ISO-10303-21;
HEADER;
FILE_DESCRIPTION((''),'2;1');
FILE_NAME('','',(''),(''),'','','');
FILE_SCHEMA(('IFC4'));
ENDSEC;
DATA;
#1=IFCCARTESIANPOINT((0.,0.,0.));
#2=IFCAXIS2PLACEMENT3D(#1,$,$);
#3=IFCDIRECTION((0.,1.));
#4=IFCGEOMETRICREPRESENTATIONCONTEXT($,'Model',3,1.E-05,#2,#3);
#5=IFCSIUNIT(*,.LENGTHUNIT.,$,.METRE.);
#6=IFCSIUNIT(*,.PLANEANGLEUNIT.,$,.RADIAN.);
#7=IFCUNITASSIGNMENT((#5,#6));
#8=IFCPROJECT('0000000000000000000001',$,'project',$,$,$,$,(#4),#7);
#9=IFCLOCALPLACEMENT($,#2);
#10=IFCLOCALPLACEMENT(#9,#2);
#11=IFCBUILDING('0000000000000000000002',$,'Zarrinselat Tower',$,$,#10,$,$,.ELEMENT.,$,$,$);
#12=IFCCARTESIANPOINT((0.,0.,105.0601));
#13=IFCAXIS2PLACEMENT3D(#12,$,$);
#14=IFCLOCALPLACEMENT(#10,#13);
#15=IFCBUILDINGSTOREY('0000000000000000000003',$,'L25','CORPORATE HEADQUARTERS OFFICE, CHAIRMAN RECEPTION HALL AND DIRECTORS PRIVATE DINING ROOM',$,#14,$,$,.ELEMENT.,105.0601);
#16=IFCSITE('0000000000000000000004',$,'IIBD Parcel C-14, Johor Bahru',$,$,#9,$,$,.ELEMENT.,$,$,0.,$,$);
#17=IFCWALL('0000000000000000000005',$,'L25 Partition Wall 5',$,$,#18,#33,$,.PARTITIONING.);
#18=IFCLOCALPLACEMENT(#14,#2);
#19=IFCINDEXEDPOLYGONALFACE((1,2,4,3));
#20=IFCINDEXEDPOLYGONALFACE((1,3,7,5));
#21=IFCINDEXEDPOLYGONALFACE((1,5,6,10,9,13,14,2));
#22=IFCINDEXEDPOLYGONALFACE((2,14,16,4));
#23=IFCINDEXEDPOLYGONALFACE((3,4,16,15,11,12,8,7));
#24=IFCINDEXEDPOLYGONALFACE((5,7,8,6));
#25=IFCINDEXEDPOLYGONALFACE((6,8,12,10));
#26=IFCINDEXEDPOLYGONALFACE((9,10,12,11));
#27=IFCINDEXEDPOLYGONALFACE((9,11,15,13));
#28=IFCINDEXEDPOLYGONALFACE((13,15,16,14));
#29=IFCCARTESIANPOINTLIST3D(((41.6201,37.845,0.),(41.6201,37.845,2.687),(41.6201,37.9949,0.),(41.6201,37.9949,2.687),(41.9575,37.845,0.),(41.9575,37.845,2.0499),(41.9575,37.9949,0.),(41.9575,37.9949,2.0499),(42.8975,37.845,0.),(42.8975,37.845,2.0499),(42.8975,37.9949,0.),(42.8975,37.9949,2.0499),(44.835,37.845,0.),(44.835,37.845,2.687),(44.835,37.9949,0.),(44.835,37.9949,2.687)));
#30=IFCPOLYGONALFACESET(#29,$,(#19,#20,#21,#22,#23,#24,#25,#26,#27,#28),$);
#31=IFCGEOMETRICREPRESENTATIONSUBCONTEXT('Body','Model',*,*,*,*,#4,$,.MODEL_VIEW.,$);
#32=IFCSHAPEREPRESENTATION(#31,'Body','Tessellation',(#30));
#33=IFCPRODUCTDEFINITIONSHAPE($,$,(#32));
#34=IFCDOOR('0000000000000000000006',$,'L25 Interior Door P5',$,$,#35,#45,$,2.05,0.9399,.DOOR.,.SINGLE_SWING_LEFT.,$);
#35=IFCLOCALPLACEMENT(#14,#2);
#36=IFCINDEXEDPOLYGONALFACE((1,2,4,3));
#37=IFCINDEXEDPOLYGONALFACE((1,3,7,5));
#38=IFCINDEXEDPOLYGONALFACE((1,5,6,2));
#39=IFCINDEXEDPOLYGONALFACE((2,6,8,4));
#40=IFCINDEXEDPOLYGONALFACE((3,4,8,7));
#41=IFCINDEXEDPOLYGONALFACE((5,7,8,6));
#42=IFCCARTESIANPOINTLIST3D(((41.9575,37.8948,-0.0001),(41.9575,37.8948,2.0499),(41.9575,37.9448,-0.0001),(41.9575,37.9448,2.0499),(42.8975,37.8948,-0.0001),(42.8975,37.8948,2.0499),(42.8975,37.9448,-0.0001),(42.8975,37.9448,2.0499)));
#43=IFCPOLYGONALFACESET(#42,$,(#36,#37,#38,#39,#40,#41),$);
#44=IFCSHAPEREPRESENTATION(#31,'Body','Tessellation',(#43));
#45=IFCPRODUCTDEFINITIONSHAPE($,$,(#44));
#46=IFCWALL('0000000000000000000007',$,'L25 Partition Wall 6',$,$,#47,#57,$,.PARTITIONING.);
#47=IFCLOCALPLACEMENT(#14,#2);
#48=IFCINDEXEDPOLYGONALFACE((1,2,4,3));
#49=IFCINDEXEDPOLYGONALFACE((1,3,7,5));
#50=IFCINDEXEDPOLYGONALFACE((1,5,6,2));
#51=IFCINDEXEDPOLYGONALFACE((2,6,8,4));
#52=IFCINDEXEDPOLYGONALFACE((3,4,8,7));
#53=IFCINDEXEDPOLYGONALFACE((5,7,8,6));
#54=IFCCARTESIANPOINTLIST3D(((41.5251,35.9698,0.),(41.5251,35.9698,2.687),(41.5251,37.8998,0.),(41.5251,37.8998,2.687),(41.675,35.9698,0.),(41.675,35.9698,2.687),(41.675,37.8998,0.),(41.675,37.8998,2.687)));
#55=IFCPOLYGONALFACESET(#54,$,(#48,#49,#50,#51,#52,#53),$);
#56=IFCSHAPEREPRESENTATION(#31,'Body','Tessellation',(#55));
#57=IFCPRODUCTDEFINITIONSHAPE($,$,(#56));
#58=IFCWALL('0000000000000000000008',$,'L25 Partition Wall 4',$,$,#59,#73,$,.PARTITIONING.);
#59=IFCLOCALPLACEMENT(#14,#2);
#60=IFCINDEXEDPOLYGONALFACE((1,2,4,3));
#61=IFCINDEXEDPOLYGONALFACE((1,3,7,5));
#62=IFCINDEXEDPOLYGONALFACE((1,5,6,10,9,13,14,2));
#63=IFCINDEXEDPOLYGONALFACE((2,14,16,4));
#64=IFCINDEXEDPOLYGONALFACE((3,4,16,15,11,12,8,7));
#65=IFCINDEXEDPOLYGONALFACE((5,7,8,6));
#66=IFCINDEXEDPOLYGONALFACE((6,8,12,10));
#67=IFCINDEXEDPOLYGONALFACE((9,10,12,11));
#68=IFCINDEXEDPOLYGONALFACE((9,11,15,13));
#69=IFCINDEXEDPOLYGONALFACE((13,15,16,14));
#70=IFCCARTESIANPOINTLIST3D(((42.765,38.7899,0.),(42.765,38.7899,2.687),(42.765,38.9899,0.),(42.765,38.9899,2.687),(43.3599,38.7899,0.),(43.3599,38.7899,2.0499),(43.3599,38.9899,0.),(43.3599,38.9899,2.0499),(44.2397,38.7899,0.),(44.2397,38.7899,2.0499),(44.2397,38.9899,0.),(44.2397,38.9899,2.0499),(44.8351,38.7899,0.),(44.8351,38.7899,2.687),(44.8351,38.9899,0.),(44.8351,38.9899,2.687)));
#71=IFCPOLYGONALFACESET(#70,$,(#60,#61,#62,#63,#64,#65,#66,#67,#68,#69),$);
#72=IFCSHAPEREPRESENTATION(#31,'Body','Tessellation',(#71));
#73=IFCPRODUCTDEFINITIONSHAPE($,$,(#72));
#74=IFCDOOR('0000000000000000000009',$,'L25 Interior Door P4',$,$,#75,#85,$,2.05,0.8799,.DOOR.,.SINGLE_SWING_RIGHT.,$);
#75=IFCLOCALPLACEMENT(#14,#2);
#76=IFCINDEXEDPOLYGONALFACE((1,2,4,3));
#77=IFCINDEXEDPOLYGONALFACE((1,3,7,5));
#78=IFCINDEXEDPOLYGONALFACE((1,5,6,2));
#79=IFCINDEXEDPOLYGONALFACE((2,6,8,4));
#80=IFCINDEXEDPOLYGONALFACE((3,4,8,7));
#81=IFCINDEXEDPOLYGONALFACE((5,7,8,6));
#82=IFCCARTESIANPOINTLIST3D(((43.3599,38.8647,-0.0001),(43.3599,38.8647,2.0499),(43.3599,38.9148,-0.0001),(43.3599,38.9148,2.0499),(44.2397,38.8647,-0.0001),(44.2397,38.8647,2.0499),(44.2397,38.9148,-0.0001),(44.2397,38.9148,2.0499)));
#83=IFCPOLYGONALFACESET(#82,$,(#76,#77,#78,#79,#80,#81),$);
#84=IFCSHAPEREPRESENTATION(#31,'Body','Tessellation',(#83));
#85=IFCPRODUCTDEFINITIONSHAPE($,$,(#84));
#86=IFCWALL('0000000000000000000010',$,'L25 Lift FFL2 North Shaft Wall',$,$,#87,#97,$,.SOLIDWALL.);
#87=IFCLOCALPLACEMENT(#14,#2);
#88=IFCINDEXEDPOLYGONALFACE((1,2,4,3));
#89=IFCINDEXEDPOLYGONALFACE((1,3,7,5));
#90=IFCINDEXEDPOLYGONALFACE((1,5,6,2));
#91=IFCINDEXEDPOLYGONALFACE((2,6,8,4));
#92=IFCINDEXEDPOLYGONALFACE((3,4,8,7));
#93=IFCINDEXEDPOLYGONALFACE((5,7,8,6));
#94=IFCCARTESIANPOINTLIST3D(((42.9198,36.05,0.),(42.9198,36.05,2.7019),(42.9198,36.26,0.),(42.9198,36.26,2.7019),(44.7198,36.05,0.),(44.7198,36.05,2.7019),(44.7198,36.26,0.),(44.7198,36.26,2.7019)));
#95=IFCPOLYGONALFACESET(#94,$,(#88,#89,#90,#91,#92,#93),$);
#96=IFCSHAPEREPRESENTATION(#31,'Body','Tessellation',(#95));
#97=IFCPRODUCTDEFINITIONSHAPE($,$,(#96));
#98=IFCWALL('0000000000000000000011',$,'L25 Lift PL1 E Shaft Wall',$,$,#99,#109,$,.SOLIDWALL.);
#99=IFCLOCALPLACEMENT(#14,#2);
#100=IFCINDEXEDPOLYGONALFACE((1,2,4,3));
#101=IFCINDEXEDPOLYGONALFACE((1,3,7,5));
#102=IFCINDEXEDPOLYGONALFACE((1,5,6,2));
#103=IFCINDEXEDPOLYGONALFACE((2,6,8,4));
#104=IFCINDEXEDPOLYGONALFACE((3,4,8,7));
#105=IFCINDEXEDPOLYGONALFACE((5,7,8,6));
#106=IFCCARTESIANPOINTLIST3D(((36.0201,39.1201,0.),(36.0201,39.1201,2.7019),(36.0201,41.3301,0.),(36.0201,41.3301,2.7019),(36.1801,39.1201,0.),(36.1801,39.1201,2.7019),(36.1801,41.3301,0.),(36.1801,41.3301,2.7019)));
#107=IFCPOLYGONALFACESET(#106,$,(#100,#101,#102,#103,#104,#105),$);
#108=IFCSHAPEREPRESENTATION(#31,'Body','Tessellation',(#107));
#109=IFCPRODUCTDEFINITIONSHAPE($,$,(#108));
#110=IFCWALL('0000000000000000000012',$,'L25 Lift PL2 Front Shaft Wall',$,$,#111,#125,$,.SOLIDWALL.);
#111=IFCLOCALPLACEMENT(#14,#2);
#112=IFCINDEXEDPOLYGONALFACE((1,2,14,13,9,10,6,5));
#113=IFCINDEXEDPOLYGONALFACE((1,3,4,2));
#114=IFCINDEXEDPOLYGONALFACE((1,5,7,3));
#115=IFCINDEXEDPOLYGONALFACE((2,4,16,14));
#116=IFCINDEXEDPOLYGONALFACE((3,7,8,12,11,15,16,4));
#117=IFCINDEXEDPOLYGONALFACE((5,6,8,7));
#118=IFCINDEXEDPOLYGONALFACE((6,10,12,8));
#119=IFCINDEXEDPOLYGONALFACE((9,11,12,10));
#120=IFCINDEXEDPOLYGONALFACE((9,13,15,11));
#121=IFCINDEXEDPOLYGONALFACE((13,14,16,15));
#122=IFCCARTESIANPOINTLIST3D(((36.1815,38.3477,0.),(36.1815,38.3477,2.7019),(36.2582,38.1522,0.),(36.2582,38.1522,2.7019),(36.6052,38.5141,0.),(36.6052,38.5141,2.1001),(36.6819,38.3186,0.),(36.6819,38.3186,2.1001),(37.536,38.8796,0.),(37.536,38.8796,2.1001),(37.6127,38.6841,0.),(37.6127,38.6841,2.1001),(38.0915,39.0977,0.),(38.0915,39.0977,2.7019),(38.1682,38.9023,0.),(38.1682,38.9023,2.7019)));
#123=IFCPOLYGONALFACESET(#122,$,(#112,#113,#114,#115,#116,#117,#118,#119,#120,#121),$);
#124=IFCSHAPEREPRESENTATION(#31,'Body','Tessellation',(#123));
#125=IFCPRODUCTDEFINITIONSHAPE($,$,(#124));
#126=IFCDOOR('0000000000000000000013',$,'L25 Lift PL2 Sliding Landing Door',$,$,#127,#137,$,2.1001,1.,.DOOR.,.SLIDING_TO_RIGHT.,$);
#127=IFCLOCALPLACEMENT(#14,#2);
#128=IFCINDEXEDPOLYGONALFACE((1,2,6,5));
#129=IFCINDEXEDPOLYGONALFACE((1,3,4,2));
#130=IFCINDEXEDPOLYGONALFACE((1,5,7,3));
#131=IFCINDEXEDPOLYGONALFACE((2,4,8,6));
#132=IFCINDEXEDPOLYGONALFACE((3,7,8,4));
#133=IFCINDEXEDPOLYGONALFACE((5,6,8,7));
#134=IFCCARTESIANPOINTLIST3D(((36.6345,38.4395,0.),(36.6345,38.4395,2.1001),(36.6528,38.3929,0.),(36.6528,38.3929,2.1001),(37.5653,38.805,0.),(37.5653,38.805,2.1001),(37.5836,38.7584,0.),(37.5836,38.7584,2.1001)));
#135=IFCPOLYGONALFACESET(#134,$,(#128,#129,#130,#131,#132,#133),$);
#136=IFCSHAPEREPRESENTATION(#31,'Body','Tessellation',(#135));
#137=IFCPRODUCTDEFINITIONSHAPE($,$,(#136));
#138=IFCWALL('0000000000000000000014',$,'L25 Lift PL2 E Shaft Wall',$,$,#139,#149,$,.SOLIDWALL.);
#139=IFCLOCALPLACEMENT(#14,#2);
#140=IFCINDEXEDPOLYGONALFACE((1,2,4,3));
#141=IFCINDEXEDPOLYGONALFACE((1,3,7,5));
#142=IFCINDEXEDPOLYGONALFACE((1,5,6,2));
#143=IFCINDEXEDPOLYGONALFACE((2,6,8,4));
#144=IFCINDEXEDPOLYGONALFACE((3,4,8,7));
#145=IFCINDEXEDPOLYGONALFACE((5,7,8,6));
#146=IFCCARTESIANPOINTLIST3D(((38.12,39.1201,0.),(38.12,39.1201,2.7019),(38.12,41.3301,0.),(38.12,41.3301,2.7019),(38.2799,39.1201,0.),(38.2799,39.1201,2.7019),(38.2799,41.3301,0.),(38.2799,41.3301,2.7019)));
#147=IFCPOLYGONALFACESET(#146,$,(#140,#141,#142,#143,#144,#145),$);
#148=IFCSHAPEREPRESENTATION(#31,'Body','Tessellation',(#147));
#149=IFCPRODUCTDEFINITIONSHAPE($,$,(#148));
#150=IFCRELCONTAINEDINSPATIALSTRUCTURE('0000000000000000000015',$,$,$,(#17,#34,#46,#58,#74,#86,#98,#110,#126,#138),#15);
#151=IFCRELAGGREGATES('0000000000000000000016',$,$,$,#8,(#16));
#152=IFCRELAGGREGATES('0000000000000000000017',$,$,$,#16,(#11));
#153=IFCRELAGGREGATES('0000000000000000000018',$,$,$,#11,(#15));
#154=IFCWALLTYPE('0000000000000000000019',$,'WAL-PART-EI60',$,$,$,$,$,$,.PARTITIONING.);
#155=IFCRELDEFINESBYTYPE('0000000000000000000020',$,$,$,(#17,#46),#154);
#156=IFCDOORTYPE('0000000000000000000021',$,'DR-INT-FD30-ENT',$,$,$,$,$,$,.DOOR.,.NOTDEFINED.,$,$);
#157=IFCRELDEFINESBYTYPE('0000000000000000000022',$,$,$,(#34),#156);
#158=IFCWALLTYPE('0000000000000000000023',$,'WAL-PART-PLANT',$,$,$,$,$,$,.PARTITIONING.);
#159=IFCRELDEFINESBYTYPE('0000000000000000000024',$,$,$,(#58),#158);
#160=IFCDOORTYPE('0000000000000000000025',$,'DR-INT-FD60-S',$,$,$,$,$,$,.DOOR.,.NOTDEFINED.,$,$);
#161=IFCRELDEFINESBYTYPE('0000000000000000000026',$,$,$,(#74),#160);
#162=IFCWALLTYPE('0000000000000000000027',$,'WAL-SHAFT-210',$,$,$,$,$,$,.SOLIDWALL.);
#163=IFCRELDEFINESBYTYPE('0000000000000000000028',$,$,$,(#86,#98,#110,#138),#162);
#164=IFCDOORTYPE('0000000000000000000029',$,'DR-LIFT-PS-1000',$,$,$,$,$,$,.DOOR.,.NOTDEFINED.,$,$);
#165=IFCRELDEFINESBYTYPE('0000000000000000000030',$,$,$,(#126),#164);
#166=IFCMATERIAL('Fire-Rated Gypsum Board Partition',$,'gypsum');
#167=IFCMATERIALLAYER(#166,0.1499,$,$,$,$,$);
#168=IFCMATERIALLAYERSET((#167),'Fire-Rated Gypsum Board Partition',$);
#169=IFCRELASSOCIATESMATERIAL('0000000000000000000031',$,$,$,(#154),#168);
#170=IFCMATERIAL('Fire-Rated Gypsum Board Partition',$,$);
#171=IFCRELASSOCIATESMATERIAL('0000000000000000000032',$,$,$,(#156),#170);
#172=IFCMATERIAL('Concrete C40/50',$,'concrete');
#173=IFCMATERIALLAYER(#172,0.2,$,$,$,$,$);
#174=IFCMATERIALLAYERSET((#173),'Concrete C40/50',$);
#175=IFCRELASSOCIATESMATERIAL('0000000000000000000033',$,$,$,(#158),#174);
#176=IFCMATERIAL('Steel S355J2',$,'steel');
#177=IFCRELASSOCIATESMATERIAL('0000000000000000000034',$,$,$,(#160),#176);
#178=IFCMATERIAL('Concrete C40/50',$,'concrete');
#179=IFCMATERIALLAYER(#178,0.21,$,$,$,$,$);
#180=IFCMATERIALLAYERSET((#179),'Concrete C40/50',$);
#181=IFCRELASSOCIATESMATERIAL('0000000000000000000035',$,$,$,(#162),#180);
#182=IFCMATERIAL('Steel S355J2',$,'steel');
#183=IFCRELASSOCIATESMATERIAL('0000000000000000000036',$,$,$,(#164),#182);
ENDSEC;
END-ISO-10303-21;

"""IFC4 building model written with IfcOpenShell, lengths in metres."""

from ifc_helpers import new_model, si_unit, direction, frame, frame_2d, origin, place, context, subcontext, project, spatial, rectangle, extrude, material, layer, layer_set, type_object, element, fill, save


model = new_model("IFC4")

# Units and contexts
model_context = context("Model", 3, precision=1e-05, world=origin(), true_north=direction((0.0, 1.0)))
body_context = subcontext(model_context, "Body", "Model", "MODEL_VIEW")
ifc_project = project(units=[si_unit("LENGTHUNIT", "METRE"), si_unit("PLANEANGLEUNIT", "RADIAN")], contexts=[model_context])

# Site, building, storey
site_placement = place(None, origin())
site = spatial("IfcSite", under=ifc_project, at=site_placement, Name="IIBD Parcel C-14, Johor Bahru", CompositionType="ELEMENT", RefElevation=0.0)
building_placement = place(site_placement, origin())
building = spatial("IfcBuilding", under=site, at=building_placement, Name="Zarrinselat Tower", CompositionType="ELEMENT")
storey_placement = place(building_placement, frame((0.0, 0.0, 105.0601)))
storey = spatial("IfcBuildingStorey", under=building, at=storey_placement, Name="L25", Description="CORPORATE HEADQUARTERS OFFICE, CHAIRMAN RECEPTION HALL AND DIRECTORS PRIVATE DINING ROOM", CompositionType="ELEMENT", Elevation=105.0601)

# Wall, opening, door
ifc_material_1 = material(Name="Fire-Rated Gypsum Board Partition", Category="gypsum")
ifc_layer_1 = layer(ifc_material_1, 0.1499)
ifc_layer_set_1 = layer_set([ifc_layer_1], Name="Fire-Rated Gypsum Board Partition")
wall_type_1 = type_object("IfcWallType", Name="WAL-PART-EI60", PredefinedType="PARTITIONING", material=ifc_layer_set_1)
wall_1_placement = place(storey_placement, frame((41.6201, 37.9199, 0.0), z_axis=(0.0, 0.0, 1.0), x_axis=(1.0, 0.0, 0.0)))
wall_1 = element("IfcWall", 1, at=wall_1_placement, inside=storey, type_object=wall_type_1, Name="L25 Partition Wall 5", PredefinedType="PARTITIONING", context=body_context, shape_type="SweptSolid", body=[
    extrude(rectangle(XDim=3.2148, YDim=0.1499, at=frame_2d((1.6074, 0.0))), origin(), (0.0, 0.0, 1.0), 2.687),
])
opening_1_placement = place(wall_1_placement, frame((0.3374, 0.0, 0.0)))
opening_1 = element("IfcOpeningElement", 2, at=opening_1_placement, cuts=wall_1, PredefinedType="OPENING", context=body_context, shape_type="SweptSolid", body=[
    extrude(rectangle(XDim=0.9399, YDim=2.05, at=frame_2d((0.47, 1.0249))), frame((0.0, 0.085, 0.0), z_axis=(0.0, -1.0, 0.0), x_axis=(1.0, 0.0, 0.0)), (0.0, 0.0, 1.0), 0.1699),
])
ifc_material_2 = material(Name="Fire-Rated Gypsum Board Partition")
door_type_1 = type_object("IfcDoorType", Name="DR-INT-FD30-ENT", OperationType="NOTDEFINED", PredefinedType="DOOR", material=ifc_material_2)
door_1_placement = place(opening_1_placement, origin())
door_1 = element("IfcDoor", 3, at=door_1_placement, inside=storey, type_object=door_type_1, Name="L25 Interior Door P5", OperationType="SINGLE_SWING_LEFT", OverallHeight=2.05, OverallWidth=0.9399, PredefinedType="DOOR", context=body_context, shape_type="SweptSolid", body=[
    extrude(rectangle(XDim=0.9399, YDim=2.05, at=frame_2d((0.47, 1.0249))), frame((0.0, 0.0249, 0.0), z_axis=(0.0, -1.0, 0.0), x_axis=(1.0, 0.0, 0.0)), (0.0, 0.0, 1.0), 0.05),
])
fill(opening_1, door_1)

# Wall
wall_2_placement = place(storey_placement, frame((41.6001, 35.97, 0.0), z_axis=(0.0, 0.0, 1.0), x_axis=(0.0, 1.0, 0.0)))
element("IfcWall", 4, at=wall_2_placement, inside=storey, type_object=wall_type_1, Name="L25 Partition Wall 6", PredefinedType="PARTITIONING", context=body_context, shape_type="SweptSolid", body=[
    extrude(rectangle(XDim=1.9299, YDim=0.1499, at=frame_2d((0.9648, 0.0))), origin(), (0.0, 0.0, 1.0), 2.687),
])

# Wall, opening, door
ifc_material_3 = material(Name="Concrete C40/50", Category="concrete")
ifc_layer_2 = layer(ifc_material_3, 0.2)
ifc_layer_set_2 = layer_set([ifc_layer_2], Name="Concrete C40/50")
wall_type_2 = type_object("IfcWallType", Name="WAL-PART-PLANT", PredefinedType="PARTITIONING", material=ifc_layer_set_2)
wall_3_placement = place(storey_placement, frame((42.7649, 38.8899, 0.0), z_axis=(0.0, 0.0, 1.0), x_axis=(1.0, 0.0, 0.0)))
wall_3 = element("IfcWall", 5, at=wall_3_placement, inside=storey, type_object=wall_type_2, Name="L25 Partition Wall 4", PredefinedType="PARTITIONING", context=body_context, shape_type="SweptSolid", body=[
    extrude(rectangle(XDim=2.0701, YDim=0.2, at=frame_2d((1.0352, 0.0))), origin(), (0.0, 0.0, 1.0), 2.687),
])
opening_2_placement = place(wall_3_placement, frame((0.595, 0.0, 0.0)))
opening_2 = element("IfcOpeningElement", 6, at=opening_2_placement, cuts=wall_3, PredefinedType="OPENING", context=body_context, shape_type="SweptSolid", body=[
    extrude(rectangle(XDim=0.8799, YDim=2.05, at=frame_2d((0.4399, 1.0249))), frame((0.0, 0.1099, 0.0), z_axis=(0.0, -1.0, 0.0), x_axis=(1.0, 0.0, 0.0)), (0.0, 0.0, 1.0), 0.22),
])
ifc_material_4 = material(Name="Steel S355J2", Category="steel")
door_type_2 = type_object("IfcDoorType", Name="DR-INT-FD60-S", OperationType="NOTDEFINED", PredefinedType="DOOR", material=ifc_material_4)
door_2_placement = place(opening_2_placement, origin())
door_2 = element("IfcDoor", 7, at=door_2_placement, inside=storey, type_object=door_type_2, Name="L25 Interior Door P4", OperationType="SINGLE_SWING_RIGHT", OverallHeight=2.05, OverallWidth=0.8799, PredefinedType="DOOR", context=body_context, shape_type="SweptSolid", body=[
    extrude(rectangle(XDim=0.8799, YDim=2.05, at=frame_2d((0.4399, 1.0249))), frame((0.0, 0.0249, 0.0), z_axis=(0.0, -1.0, 0.0), x_axis=(1.0, 0.0, 0.0)), (0.0, 0.0, 1.0), 0.05),
])
fill(opening_2, door_2)

# Walls
ifc_material_5 = material(Name="Concrete C40/50", Category="concrete")
ifc_layer_3 = layer(ifc_material_5, 0.21)
ifc_layer_set_3 = layer_set([ifc_layer_3], Name="Concrete C40/50")
wall_type_3 = type_object("IfcWallType", Name="WAL-SHAFT-210", PredefinedType="SOLIDWALL", material=ifc_layer_set_3)
wall_4_placement = place(storey_placement, frame((42.9199, 36.155, 0.0), z_axis=(0.0, 0.0, 1.0), x_axis=(1.0, 0.0, 0.0)))
element("IfcWall", 8, at=wall_4_placement, inside=storey, type_object=wall_type_3, Name="L25 Lift FFL2 North Shaft Wall", PredefinedType="SOLIDWALL", context=body_context, shape_type="SweptSolid", body=[
    extrude(rectangle(XDim=1.8, YDim=0.21, at=frame_2d((0.8999, 0.0))), origin(), (0.0, 0.0, 1.0), 2.7019),
])
wall_5_placement = place(storey_placement, frame((36.1001, 39.1201, 0.0), z_axis=(0.0, 0.0, 1.0), x_axis=(0.0, 1.0, 0.0)))
element("IfcWall", 9, at=wall_5_placement, inside=storey, type_object=wall_type_3, Name="L25 Lift PL1 E Shaft Wall", PredefinedType="SOLIDWALL", context=body_context, shape_type="SweptSolid", body=[
    extrude(rectangle(XDim=2.21, YDim=0.1599, at=frame_2d((1.105, 0.0))), origin(), (0.0, 0.0, 1.0), 2.7019),
])

# Wall, opening, door
wall_6_placement = place(storey_placement, frame((36.22, 38.25, 0.0), z_axis=(0.0, 0.0, 1.0), x_axis=(0.930805, 0.365516, 0.0)))
wall_6 = element("IfcWall", 10, at=wall_6_placement, inside=storey, type_object=wall_type_3, Name="L25 Lift PL2 Front Shaft Wall", PredefinedType="SOLIDWALL", context=body_context, shape_type="SweptSolid", body=[
    extrude(rectangle(XDim=2.052, YDim=0.21, at=frame_2d((1.0259, 0.0))), origin(), (0.0, 0.0, 1.0), 2.7019),
])
opening_3_placement = place(wall_6_placement, frame((0.4551, 0.0, 0.0)))
opening_3 = element("IfcOpeningElement", 11, at=opening_3_placement, cuts=wall_6, PredefinedType="OPENING", context=body_context, shape_type="SweptSolid", body=[
    extrude(rectangle(XDim=1.0, YDim=2.1001, at=frame_2d((0.5, 1.05))), frame((0.0, 0.115, 0.0), z_axis=(0.0, -1.0, 0.0), x_axis=(1.0, 0.0, 0.0)), (0.0, 0.0, 1.0), 0.23),
])
ifc_material_6 = material(Name="Steel S355J2", Category="steel")
door_type_3 = type_object("IfcDoorType", Name="DR-LIFT-PS-1000", OperationType="NOTDEFINED", PredefinedType="DOOR", material=ifc_material_6)
door_3_placement = place(opening_3_placement, origin())
door_3 = element("IfcDoor", 12, at=door_3_placement, inside=storey, type_object=door_type_3, Name="L25 Lift PL2 Sliding Landing Door", OperationType="SLIDING_TO_RIGHT", OverallHeight=2.1001, OverallWidth=1.0, PredefinedType="DOOR", context=body_context, shape_type="SweptSolid", body=[
    extrude(rectangle(XDim=1.0, YDim=2.1001, at=frame_2d((0.5, 1.05))), frame((0.0, 0.0249, 0.0), z_axis=(0.0, -1.0, 0.0), x_axis=(1.0, 0.0, 0.0)), (0.0, 0.0, 1.0), 0.05),
])
fill(opening_3, door_3)

# Wall
wall_7_placement = place(storey_placement, frame((38.2, 39.1201, 0.0), z_axis=(0.0, 0.0, 1.0), x_axis=(0.0, 1.0, 0.0)))
element("IfcWall", 13, at=wall_7_placement, inside=storey, type_object=wall_type_3, Name="L25 Lift PL2 E Shaft Wall", PredefinedType="SOLIDWALL", context=body_context, shape_type="SweptSolid", body=[
    extrude(rectangle(XDim=2.21, YDim=0.1599, at=frame_2d((1.105, 0.0))), origin(), (0.0, 0.0, 1.0), 2.7019),
])

save(model, "model.ifc")
